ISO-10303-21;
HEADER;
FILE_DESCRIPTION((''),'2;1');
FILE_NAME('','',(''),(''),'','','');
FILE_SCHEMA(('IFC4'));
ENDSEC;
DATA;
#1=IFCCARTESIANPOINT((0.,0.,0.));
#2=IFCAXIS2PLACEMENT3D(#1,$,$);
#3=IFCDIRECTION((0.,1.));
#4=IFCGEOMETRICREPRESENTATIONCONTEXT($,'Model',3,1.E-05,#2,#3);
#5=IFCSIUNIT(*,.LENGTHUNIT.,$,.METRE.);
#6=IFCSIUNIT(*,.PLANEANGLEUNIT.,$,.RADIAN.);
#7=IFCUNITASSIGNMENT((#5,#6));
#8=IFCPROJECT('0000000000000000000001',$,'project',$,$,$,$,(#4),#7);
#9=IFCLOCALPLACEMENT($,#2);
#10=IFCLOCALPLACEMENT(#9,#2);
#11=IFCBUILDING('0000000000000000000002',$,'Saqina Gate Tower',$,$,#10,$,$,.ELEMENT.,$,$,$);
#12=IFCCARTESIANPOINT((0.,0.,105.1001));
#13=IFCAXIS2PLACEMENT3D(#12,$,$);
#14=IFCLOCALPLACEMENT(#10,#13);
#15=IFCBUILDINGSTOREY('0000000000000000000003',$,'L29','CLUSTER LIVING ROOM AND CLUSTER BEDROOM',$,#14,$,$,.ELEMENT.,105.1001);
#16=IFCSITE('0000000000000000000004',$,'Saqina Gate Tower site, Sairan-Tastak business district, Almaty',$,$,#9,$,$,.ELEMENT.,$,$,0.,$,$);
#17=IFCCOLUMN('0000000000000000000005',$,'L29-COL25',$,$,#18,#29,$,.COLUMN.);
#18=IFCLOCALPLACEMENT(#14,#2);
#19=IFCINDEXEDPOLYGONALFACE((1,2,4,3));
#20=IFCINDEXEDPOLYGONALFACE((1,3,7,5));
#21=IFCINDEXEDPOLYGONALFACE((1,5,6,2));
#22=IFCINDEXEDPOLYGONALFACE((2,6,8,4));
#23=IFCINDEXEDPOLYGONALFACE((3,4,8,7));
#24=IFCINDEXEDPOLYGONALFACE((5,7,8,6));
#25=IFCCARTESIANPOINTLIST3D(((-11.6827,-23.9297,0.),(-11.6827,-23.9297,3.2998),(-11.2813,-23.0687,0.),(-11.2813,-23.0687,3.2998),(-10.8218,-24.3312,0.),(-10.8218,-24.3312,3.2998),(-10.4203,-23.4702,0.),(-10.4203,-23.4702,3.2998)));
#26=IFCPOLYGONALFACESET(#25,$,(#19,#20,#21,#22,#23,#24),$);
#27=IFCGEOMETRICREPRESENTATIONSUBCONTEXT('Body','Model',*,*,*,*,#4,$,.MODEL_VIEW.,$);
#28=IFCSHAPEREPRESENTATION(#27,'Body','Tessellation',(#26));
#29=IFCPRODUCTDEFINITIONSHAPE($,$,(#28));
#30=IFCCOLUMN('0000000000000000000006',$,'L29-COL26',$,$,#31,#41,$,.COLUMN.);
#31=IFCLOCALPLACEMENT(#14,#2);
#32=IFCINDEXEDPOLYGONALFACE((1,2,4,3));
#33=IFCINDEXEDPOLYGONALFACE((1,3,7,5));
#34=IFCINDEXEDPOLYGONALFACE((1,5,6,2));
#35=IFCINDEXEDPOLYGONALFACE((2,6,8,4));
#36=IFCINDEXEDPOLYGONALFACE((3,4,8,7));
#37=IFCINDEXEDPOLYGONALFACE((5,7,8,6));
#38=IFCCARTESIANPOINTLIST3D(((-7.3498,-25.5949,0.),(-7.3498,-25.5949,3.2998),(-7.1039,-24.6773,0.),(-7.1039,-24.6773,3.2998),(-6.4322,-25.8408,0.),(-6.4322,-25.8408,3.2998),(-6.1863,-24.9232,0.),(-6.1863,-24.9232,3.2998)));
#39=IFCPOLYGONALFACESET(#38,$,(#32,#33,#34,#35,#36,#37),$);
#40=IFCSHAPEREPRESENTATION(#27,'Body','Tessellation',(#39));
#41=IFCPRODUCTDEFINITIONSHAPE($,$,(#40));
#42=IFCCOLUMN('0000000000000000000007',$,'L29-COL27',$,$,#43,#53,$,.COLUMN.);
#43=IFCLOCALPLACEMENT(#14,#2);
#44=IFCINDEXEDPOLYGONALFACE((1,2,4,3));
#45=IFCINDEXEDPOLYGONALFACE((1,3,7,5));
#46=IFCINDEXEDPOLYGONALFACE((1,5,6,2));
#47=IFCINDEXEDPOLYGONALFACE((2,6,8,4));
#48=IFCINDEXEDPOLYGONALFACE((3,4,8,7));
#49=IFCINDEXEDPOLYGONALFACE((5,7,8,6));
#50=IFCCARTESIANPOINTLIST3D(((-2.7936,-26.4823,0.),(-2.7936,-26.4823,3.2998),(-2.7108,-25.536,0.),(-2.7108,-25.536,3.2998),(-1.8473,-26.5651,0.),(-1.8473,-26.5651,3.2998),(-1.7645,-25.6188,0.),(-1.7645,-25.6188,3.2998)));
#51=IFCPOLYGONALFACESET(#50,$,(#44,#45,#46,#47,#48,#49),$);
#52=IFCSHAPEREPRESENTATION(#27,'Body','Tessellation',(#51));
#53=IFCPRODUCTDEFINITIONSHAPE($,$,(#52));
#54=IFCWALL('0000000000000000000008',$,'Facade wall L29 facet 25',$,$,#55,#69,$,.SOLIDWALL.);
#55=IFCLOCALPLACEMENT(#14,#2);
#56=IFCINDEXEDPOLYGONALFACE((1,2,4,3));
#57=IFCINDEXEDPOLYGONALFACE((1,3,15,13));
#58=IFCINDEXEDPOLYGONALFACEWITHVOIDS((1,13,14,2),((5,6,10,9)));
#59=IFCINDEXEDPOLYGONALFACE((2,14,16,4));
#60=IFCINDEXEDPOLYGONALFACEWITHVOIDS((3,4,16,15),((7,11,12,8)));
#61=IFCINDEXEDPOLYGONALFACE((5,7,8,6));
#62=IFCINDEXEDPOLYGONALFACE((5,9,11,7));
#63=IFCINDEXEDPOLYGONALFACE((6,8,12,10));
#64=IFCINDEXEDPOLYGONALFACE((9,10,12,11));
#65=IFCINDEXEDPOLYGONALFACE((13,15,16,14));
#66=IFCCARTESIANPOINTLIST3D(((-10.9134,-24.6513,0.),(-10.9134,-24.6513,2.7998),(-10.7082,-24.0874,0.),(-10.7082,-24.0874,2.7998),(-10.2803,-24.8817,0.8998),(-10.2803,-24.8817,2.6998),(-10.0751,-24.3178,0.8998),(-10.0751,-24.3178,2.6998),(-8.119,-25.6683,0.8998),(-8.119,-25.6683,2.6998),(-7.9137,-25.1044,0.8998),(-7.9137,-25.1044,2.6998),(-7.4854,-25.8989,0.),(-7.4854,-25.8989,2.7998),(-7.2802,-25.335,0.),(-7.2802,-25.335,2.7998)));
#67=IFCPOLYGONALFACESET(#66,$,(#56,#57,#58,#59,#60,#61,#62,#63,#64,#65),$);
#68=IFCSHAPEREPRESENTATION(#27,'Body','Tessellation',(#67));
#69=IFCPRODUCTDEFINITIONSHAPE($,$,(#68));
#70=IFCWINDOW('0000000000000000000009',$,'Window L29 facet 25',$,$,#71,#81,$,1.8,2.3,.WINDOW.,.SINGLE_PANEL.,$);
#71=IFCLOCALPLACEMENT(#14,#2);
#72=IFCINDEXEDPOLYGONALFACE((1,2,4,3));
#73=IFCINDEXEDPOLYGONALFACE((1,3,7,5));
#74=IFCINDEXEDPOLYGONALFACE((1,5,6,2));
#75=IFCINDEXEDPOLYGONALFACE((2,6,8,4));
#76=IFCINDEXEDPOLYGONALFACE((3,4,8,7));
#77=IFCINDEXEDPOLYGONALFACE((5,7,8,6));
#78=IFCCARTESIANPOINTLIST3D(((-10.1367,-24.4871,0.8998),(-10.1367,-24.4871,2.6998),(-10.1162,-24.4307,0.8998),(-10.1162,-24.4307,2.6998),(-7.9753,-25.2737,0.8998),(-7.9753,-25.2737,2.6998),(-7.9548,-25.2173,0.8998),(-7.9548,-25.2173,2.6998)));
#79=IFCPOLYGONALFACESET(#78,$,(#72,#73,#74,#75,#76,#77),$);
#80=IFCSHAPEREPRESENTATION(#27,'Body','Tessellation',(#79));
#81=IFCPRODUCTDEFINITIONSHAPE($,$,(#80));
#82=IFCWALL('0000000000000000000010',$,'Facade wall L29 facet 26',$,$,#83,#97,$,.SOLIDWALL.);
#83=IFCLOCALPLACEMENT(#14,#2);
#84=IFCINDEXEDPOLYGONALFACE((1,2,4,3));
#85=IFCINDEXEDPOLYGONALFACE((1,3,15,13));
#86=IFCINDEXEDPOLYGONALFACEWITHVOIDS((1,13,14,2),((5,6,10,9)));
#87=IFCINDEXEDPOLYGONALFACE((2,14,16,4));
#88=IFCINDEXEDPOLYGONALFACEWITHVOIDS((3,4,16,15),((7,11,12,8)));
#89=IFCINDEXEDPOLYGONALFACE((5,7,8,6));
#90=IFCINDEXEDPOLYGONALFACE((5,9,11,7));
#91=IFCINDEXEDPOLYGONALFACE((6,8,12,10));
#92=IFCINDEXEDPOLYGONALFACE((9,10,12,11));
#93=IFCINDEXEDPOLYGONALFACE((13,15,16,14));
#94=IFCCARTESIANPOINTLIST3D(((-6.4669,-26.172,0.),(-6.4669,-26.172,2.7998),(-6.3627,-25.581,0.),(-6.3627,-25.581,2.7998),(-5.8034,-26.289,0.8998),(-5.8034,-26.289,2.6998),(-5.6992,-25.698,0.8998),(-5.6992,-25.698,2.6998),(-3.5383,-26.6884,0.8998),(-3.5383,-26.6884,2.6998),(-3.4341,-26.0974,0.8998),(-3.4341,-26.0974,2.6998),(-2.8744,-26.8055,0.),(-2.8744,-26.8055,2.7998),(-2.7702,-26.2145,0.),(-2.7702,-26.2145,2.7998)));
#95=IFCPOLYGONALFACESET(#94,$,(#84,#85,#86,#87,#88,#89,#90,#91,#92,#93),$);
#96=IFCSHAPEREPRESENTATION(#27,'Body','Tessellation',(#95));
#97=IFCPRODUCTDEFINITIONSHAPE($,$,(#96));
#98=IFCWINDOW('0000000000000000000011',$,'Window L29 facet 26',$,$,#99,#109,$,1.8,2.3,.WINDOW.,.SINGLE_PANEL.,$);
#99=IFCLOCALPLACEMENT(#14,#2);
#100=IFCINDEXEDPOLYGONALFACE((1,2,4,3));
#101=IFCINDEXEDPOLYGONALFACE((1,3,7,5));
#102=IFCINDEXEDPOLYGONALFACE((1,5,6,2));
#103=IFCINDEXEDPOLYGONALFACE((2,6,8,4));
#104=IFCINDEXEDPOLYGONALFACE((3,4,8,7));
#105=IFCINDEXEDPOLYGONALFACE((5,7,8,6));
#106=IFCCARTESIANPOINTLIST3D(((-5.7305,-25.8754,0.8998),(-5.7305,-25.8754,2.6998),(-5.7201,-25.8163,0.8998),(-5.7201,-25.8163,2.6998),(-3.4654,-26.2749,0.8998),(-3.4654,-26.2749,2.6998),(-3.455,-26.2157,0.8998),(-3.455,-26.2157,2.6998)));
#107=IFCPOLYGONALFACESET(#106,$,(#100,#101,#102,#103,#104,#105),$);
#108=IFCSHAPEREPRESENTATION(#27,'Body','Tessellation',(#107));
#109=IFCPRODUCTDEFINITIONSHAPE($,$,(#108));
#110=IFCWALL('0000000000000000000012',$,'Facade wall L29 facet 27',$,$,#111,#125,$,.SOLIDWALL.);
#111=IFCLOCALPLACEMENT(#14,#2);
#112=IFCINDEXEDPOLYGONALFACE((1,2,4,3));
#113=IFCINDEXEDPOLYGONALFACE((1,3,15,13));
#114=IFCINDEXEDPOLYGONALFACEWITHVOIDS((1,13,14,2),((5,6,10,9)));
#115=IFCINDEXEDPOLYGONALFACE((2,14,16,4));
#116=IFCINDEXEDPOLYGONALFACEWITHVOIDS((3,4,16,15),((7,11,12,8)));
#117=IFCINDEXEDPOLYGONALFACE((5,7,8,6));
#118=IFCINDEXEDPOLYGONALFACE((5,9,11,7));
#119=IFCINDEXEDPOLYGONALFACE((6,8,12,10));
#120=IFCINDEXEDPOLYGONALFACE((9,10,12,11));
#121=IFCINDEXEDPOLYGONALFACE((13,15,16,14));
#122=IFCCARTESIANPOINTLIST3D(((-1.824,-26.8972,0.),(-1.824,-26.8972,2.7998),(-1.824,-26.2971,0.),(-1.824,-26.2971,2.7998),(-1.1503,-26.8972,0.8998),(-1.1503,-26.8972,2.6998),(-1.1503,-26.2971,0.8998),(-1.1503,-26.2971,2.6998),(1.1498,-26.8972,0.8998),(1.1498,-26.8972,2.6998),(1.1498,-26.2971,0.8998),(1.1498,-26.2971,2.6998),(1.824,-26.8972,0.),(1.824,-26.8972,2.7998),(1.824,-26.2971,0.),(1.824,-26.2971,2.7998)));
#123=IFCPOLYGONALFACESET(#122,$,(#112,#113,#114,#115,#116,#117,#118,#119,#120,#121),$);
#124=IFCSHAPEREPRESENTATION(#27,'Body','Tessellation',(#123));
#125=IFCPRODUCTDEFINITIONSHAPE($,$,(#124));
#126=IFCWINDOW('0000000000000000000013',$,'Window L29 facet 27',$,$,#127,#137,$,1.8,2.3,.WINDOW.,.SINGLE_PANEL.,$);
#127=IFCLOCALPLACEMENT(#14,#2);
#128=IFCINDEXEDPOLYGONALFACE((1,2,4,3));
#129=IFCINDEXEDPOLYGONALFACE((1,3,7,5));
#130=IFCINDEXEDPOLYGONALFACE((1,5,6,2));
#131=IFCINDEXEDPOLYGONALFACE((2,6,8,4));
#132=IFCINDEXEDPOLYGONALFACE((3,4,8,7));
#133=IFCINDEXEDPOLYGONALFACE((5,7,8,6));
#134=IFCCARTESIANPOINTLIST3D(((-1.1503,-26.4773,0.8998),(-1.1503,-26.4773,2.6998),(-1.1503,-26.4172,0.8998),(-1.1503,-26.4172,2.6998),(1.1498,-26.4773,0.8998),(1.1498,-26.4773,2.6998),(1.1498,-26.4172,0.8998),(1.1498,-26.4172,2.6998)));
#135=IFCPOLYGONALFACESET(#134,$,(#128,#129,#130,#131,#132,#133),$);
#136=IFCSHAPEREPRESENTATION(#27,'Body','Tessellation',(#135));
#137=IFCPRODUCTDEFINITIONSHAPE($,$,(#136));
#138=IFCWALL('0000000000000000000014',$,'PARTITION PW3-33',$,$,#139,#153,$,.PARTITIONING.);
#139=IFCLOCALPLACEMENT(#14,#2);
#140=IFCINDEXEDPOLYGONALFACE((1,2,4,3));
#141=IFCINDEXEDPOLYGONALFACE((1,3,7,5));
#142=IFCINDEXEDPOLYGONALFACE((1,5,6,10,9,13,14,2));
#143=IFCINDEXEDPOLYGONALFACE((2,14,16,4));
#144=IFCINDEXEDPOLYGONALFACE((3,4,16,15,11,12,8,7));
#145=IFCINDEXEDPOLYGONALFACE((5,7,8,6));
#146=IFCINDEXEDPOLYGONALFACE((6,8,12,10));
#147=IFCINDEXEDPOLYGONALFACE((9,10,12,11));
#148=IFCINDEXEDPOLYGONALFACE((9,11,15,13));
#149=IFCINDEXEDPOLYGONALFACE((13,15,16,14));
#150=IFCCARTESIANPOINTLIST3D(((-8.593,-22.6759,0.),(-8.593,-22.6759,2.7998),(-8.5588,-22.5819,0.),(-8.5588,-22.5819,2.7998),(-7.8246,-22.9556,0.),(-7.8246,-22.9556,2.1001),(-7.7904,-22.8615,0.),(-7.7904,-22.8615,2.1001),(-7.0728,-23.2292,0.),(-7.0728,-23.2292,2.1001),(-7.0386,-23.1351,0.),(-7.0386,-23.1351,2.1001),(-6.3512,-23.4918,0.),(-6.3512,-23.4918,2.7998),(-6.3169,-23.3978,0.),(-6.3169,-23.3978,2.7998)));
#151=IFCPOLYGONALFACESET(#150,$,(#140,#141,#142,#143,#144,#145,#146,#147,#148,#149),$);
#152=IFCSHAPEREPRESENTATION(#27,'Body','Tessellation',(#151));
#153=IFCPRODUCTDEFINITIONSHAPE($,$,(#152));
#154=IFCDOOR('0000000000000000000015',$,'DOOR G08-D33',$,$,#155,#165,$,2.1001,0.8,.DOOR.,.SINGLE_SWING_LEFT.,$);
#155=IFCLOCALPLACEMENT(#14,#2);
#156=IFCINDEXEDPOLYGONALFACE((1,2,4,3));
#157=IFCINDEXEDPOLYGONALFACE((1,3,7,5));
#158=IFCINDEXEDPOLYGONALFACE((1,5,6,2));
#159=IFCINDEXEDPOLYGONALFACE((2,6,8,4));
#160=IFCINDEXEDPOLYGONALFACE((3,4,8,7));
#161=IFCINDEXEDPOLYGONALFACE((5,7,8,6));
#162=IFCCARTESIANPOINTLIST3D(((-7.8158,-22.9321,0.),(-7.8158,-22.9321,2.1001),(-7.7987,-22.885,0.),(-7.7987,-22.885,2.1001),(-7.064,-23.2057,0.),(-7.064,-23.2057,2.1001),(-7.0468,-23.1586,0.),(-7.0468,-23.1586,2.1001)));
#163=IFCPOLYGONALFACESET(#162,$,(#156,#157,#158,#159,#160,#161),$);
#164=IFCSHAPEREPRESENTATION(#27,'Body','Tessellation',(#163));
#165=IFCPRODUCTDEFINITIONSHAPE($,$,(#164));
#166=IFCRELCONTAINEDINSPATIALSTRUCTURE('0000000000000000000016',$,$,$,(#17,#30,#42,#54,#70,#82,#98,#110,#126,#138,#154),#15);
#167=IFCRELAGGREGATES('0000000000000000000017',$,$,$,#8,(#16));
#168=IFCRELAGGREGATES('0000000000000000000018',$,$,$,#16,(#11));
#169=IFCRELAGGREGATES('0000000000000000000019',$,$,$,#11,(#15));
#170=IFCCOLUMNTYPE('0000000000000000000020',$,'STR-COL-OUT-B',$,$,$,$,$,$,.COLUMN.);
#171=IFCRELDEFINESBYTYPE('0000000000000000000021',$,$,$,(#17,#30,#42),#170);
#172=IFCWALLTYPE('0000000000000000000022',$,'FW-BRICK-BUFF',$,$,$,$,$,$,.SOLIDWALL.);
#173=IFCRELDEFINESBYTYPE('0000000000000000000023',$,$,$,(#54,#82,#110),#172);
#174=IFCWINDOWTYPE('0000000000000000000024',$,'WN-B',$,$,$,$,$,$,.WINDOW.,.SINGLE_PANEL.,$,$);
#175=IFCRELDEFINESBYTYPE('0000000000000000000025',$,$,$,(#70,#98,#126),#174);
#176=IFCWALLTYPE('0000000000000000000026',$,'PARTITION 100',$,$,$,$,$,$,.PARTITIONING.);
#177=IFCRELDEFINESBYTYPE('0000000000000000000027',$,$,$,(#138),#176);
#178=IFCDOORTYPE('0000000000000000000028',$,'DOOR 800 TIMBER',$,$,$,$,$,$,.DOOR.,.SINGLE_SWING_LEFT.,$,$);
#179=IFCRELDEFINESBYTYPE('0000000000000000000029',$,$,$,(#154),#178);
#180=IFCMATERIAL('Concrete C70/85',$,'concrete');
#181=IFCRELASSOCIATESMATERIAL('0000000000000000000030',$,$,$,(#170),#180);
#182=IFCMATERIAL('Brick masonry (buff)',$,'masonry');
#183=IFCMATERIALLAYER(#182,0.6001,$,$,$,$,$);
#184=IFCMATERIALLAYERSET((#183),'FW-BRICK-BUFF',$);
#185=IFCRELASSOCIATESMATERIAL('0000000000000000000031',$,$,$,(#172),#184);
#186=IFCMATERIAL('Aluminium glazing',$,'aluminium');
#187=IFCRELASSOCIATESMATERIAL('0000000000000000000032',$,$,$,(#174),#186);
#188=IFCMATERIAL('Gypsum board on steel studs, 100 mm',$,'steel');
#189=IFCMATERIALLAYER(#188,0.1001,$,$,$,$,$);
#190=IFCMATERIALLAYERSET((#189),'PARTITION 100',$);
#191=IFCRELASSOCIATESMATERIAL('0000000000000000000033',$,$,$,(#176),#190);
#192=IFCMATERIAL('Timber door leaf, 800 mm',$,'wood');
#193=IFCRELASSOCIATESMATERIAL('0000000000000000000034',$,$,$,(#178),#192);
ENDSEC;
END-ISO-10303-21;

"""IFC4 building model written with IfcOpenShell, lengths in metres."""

from ifc_helpers import new_model, si_unit, direction, frame, frame_2d, origin, origin_2d, place, context, subcontext, project, spatial, rectangle, extrude, material, layer, layer_set, material_profile, profile_set, type_object, element, fill, save


model = new_model("IFC4")

# Units and contexts
model_context = context("Model", 3, precision=1e-05, world=origin(), true_north=direction((0.0, 1.0)))
body_context = subcontext(model_context, "Body", "Model", "MODEL_VIEW")
ifc_project = project(units=[si_unit("LENGTHUNIT", "METRE"), si_unit("PLANEANGLEUNIT", "RADIAN")], contexts=[model_context])

# Site, building, storey
site_placement = place(None, origin())
site = spatial("IfcSite", under=ifc_project, at=site_placement, Name="Saqina Gate Tower site, Sairan-Tastak business district, Almaty", CompositionType="ELEMENT", RefElevation=0.0)
building_placement = place(site_placement, origin())
building = spatial("IfcBuilding", under=site, at=building_placement, Name="Saqina Gate Tower", CompositionType="ELEMENT")
storey_placement = place(building_placement, frame((0.0, 0.0, 105.1001)))
storey = spatial("IfcBuildingStorey", under=building, at=storey_placement, Name="L29", Description="CLUSTER LIVING ROOM AND CLUSTER BEDROOM", CompositionType="ELEMENT", Elevation=105.1001)

# Columns
ifc_material_1 = material(Name="Concrete C70/85", Category="concrete")
ifc_material_profile = material_profile(ifc_material_1, rectangle(XDim=0.95, YDim=0.95, at=origin_2d()), Name="RC 950x950")
ifc_profile_set = profile_set([ifc_material_profile], Name="Concrete C70/85")
column_type = type_object("IfcColumnType", Name="STR-COL-OUT-B", PredefinedType="COLUMN", material=ifc_profile_set)
for number, where, z_axis, x_axis, name in (
    (1, (-11.0515, -23.7, 0.0), (0.0, 0.0, 1.0), (-0.422618, -0.906308, 0.0), "L29-COL25"),
    (2, (-6.7681, -25.259, 0.0), (0.0, 0.0, 1.0), (-0.258819, -0.965926, 0.0), "L29-COL26"),
    (3, (-2.2791, -26.0505, 0.0), (0.0, 0.0, 1.0), (-0.087156, -0.996195, 0.0), "L29-COL27"),
):
    element("IfcColumn", number, at=place(storey_placement, frame(where, z_axis=z_axis, x_axis=x_axis)), inside=storey, type_object=column_type, Name=name, PredefinedType="COLUMN", context=body_context, shape_type="SweptSolid", body=[
        extrude(rectangle(XDim=0.95, YDim=0.95, at=origin_2d()), origin(), (0.0, 0.0, 1.0), 3.2998),
    ])

# Walls, openings, windows
ifc_material_2 = material(Name="Brick masonry (buff)", Category="masonry")
ifc_layer_1 = layer(ifc_material_2, 0.6001)
ifc_layer_set_1 = layer_set([ifc_layer_1], Name="FW-BRICK-BUFF")
wall_type_1 = type_object("IfcWallType", Name="FW-BRICK-BUFF", PredefinedType="SOLIDWALL", material=ifc_layer_set_1)
wall_1_placement = place(storey_placement, frame((-10.8108, -24.3694, 0.0), z_axis=(0.0, 0.0, 1.0), x_axis=(0.939704, -0.34199, 0.0)))
wall_1 = element("IfcWall", 4, at=wall_1_placement, inside=storey, type_object=wall_type_1, Name="Facade wall L29 facet 25", PredefinedType="SOLIDWALL", context=body_context, shape_type="SweptSolid", body=[
    extrude(rectangle(XDim=3.6479, YDim=0.6001, at=frame_2d((1.824, 0.0))), origin(), (0.0, 0.0, 1.0), 2.7998),
])
opening_1_placement = place(wall_1_placement, frame((0.6738, 0.0, 0.8999)))
opening_1 = element("IfcOpeningElement", 5, at=opening_1_placement, cuts=wall_1, PredefinedType="OPENING", context=body_context, shape_type="SweptSolid", body=[
    extrude(rectangle(XDim=2.3, YDim=1.8, at=frame_2d((1.1499, 0.8999))), frame((0.0, 0.312, 0.0), z_axis=(0.0, -1.0, 0.0), x_axis=(1.0, 0.0, 0.0)), (0.0, 0.0, 1.0), 0.624),
])
ifc_material_3 = material(Name="Aluminium glazing", Category="aluminium")
window_type = type_object("IfcWindowType", Name="WN-B", PartitioningType="SINGLE_PANEL", PredefinedType="WINDOW", material=ifc_material_3)
window_1_placement = place(opening_1_placement, origin())
window_1 = element("IfcWindow", 6, at=window_1_placement, inside=storey, type_object=window_type, Name="Window L29 facet 25", OverallHeight=1.8, OverallWidth=2.3, PartitioningType="SINGLE_PANEL", PredefinedType="WINDOW", context=body_context, shape_type="SweptSolid", body=[
    extrude(rectangle(XDim=2.3, YDim=1.8, at=frame_2d((1.1499, 0.8999))), frame((0.0, 0.1799, 0.0), z_axis=(0.0, -1.0, 0.0), x_axis=(1.0, 0.0, 0.0)), (0.0, 0.0, 1.0), 0.0601),
])
fill(opening_1, window_1)
wall_2_placement = place(storey_placement, frame((-6.4148, -25.8765, 0.0), z_axis=(0.0, 0.0, 1.0), x_axis=(0.984804, -0.173671, 0.0)))
wall_2 = element("IfcWall", 7, at=wall_2_placement, inside=storey, type_object=wall_type_1, Name="Facade wall L29 facet 26", PredefinedType="SOLIDWALL", context=body_context, shape_type="SweptSolid", body=[
    extrude(rectangle(XDim=3.6479, YDim=0.6001, at=frame_2d((1.824, 0.0))), origin(), (0.0, 0.0, 1.0), 2.7998),
])
opening_2_placement = place(wall_2_placement, frame((0.6738, 0.0, 0.8999)))
opening_2 = element("IfcOpeningElement", 8, at=opening_2_placement, cuts=wall_2, PredefinedType="OPENING", context=body_context, shape_type="SweptSolid", body=[
    extrude(rectangle(XDim=2.3, YDim=1.8, at=frame_2d((1.1499, 0.8999))), frame((0.0, 0.312, 0.0), z_axis=(0.0, -1.0, 0.0), x_axis=(1.0, 0.0, 0.0)), (0.0, 0.0, 1.0), 0.624),
])
window_2_placement = place(opening_2_placement, origin())
window_2 = element("IfcWindow", 9, at=window_2_placement, inside=storey, type_object=window_type, Name="Window L29 facet 26", OverallHeight=1.8, OverallWidth=2.3, PartitioningType="SINGLE_PANEL", PredefinedType="WINDOW", context=body_context, shape_type="SweptSolid", body=[
    extrude(rectangle(XDim=2.3, YDim=1.8, at=frame_2d((1.1499, 0.8999))), frame((0.0, 0.1799, 0.0), z_axis=(0.0, -1.0, 0.0), x_axis=(1.0, 0.0, 0.0)), (0.0, 0.0, 1.0), 0.0601),
])
fill(opening_2, window_2)
wall_3_placement = place(storey_placement, frame((-1.824, -26.5972, 0.0), z_axis=(0.0, 0.0, 1.0), x_axis=(1.0, 0.0, 0.0)))
wall_3 = element("IfcWall", 10, at=wall_3_placement, inside=storey, type_object=wall_type_1, Name="Facade wall L29 facet 27", PredefinedType="SOLIDWALL", context=body_context, shape_type="SweptSolid", body=[
    extrude(rectangle(XDim=3.6479, YDim=0.6001, at=frame_2d((1.824, 0.0))), origin(), (0.0, 0.0, 1.0), 2.7998),
])
opening_3_placement = place(wall_3_placement, frame((0.6738, 0.0, 0.8999)))
opening_3 = element("IfcOpeningElement", 11, at=opening_3_placement, cuts=wall_3, PredefinedType="OPENING", context=body_context, shape_type="SweptSolid", body=[
    extrude(rectangle(XDim=2.3, YDim=1.8, at=frame_2d((1.1499, 0.8999))), frame((0.0, 0.312, 0.0), z_axis=(0.0, -1.0, 0.0), x_axis=(1.0, 0.0, 0.0)), (0.0, 0.0, 1.0), 0.624),
])
window_3_placement = place(opening_3_placement, origin())
window_3 = element("IfcWindow", 12, at=window_3_placement, inside=storey, type_object=window_type, Name="Window L29 facet 27", OverallHeight=1.8, OverallWidth=2.3, PartitioningType="SINGLE_PANEL", PredefinedType="WINDOW", context=body_context, shape_type="SweptSolid", body=[
    extrude(rectangle(XDim=2.3, YDim=1.8, at=frame_2d((1.1499, 0.8999))), frame((0.0, 0.1799, 0.0), z_axis=(0.0, -1.0, 0.0), x_axis=(1.0, 0.0, 0.0)), (0.0, 0.0, 1.0), 0.0601),
])
fill(opening_3, window_3)

# Wall, opening, door
ifc_material_4 = material(Name="Gypsum board on steel studs, 100 mm", Category="steel")
ifc_layer_2 = layer(ifc_material_4, 0.1001)
ifc_layer_set_2 = layer_set([ifc_layer_2], Name="PARTITION 100")
wall_type_2 = type_object("IfcWallType", Name="PARTITION 100", PredefinedType="PARTITIONING", material=ifc_layer_set_2)
wall_4_placement = place(storey_placement, frame((-8.5759, -22.6289, 0.0), z_axis=(0.0, 0.0, 1.0), x_axis=(0.939704, -0.34199, 0.0)))
wall_4 = element("IfcWall", 13, at=wall_4_placement, inside=storey, type_object=wall_type_2, Name="PARTITION PW3-33", PredefinedType="PARTITIONING", context=body_context, shape_type="SweptSolid", body=[
    extrude(rectangle(XDim=2.3857, YDim=0.1001, at=frame_2d((1.1929, 0.0))), origin(), (0.0, 0.0, 1.0), 2.7998),
])
opening_4_placement = place(wall_4_placement, frame((0.8179, 0.0, 0.0)))
opening_4 = element("IfcOpeningElement", 14, at=opening_4_placement, cuts=wall_4, PredefinedType="OPENING", context=body_context, shape_type="SweptSolid", body=[
    extrude(rectangle(XDim=0.8, YDim=2.1001, at=frame_2d((0.3999, 1.05))), frame((0.0, 0.062, 0.0), z_axis=(0.0, -1.0, 0.0), x_axis=(1.0, 0.0, 0.0)), (0.0, 0.0, 1.0), 0.124),
])
ifc_material_5 = material(Name="Timber door leaf, 800 mm", Category="wood")
door_type_1 = type_object("IfcDoorType", Name="DOOR 800 TIMBER", OperationType="SINGLE_SWING_LEFT", PredefinedType="DOOR", material=ifc_material_5)
door_1_placement = place(opening_4_placement, frame((0.8, 0.0, 0.0), z_axis=(0.0, 0.0, 1.0), x_axis=(-1.0, 0.0, 0.0)))
door_1 = element("IfcDoor", 15, at=door_1_placement, inside=storey, type_object=door_type_1, Name="DOOR G08-D33", OperationType="SINGLE_SWING_LEFT", OverallHeight=2.1001, OverallWidth=0.8, PredefinedType="DOOR", context=body_context, shape_type="SweptSolid", body=[
    extrude(rectangle(XDim=0.8, YDim=2.1001, at=frame_2d((0.3999, 1.05))), frame((0.0, 0.0249, 0.0), z_axis=(0.0, -1.0, 0.0), x_axis=(1.0, 0.0, 0.0)), (0.0, 0.0, 1.0), 0.05),
])
fill(opening_4, door_1)

save(model, "model.ifc")
